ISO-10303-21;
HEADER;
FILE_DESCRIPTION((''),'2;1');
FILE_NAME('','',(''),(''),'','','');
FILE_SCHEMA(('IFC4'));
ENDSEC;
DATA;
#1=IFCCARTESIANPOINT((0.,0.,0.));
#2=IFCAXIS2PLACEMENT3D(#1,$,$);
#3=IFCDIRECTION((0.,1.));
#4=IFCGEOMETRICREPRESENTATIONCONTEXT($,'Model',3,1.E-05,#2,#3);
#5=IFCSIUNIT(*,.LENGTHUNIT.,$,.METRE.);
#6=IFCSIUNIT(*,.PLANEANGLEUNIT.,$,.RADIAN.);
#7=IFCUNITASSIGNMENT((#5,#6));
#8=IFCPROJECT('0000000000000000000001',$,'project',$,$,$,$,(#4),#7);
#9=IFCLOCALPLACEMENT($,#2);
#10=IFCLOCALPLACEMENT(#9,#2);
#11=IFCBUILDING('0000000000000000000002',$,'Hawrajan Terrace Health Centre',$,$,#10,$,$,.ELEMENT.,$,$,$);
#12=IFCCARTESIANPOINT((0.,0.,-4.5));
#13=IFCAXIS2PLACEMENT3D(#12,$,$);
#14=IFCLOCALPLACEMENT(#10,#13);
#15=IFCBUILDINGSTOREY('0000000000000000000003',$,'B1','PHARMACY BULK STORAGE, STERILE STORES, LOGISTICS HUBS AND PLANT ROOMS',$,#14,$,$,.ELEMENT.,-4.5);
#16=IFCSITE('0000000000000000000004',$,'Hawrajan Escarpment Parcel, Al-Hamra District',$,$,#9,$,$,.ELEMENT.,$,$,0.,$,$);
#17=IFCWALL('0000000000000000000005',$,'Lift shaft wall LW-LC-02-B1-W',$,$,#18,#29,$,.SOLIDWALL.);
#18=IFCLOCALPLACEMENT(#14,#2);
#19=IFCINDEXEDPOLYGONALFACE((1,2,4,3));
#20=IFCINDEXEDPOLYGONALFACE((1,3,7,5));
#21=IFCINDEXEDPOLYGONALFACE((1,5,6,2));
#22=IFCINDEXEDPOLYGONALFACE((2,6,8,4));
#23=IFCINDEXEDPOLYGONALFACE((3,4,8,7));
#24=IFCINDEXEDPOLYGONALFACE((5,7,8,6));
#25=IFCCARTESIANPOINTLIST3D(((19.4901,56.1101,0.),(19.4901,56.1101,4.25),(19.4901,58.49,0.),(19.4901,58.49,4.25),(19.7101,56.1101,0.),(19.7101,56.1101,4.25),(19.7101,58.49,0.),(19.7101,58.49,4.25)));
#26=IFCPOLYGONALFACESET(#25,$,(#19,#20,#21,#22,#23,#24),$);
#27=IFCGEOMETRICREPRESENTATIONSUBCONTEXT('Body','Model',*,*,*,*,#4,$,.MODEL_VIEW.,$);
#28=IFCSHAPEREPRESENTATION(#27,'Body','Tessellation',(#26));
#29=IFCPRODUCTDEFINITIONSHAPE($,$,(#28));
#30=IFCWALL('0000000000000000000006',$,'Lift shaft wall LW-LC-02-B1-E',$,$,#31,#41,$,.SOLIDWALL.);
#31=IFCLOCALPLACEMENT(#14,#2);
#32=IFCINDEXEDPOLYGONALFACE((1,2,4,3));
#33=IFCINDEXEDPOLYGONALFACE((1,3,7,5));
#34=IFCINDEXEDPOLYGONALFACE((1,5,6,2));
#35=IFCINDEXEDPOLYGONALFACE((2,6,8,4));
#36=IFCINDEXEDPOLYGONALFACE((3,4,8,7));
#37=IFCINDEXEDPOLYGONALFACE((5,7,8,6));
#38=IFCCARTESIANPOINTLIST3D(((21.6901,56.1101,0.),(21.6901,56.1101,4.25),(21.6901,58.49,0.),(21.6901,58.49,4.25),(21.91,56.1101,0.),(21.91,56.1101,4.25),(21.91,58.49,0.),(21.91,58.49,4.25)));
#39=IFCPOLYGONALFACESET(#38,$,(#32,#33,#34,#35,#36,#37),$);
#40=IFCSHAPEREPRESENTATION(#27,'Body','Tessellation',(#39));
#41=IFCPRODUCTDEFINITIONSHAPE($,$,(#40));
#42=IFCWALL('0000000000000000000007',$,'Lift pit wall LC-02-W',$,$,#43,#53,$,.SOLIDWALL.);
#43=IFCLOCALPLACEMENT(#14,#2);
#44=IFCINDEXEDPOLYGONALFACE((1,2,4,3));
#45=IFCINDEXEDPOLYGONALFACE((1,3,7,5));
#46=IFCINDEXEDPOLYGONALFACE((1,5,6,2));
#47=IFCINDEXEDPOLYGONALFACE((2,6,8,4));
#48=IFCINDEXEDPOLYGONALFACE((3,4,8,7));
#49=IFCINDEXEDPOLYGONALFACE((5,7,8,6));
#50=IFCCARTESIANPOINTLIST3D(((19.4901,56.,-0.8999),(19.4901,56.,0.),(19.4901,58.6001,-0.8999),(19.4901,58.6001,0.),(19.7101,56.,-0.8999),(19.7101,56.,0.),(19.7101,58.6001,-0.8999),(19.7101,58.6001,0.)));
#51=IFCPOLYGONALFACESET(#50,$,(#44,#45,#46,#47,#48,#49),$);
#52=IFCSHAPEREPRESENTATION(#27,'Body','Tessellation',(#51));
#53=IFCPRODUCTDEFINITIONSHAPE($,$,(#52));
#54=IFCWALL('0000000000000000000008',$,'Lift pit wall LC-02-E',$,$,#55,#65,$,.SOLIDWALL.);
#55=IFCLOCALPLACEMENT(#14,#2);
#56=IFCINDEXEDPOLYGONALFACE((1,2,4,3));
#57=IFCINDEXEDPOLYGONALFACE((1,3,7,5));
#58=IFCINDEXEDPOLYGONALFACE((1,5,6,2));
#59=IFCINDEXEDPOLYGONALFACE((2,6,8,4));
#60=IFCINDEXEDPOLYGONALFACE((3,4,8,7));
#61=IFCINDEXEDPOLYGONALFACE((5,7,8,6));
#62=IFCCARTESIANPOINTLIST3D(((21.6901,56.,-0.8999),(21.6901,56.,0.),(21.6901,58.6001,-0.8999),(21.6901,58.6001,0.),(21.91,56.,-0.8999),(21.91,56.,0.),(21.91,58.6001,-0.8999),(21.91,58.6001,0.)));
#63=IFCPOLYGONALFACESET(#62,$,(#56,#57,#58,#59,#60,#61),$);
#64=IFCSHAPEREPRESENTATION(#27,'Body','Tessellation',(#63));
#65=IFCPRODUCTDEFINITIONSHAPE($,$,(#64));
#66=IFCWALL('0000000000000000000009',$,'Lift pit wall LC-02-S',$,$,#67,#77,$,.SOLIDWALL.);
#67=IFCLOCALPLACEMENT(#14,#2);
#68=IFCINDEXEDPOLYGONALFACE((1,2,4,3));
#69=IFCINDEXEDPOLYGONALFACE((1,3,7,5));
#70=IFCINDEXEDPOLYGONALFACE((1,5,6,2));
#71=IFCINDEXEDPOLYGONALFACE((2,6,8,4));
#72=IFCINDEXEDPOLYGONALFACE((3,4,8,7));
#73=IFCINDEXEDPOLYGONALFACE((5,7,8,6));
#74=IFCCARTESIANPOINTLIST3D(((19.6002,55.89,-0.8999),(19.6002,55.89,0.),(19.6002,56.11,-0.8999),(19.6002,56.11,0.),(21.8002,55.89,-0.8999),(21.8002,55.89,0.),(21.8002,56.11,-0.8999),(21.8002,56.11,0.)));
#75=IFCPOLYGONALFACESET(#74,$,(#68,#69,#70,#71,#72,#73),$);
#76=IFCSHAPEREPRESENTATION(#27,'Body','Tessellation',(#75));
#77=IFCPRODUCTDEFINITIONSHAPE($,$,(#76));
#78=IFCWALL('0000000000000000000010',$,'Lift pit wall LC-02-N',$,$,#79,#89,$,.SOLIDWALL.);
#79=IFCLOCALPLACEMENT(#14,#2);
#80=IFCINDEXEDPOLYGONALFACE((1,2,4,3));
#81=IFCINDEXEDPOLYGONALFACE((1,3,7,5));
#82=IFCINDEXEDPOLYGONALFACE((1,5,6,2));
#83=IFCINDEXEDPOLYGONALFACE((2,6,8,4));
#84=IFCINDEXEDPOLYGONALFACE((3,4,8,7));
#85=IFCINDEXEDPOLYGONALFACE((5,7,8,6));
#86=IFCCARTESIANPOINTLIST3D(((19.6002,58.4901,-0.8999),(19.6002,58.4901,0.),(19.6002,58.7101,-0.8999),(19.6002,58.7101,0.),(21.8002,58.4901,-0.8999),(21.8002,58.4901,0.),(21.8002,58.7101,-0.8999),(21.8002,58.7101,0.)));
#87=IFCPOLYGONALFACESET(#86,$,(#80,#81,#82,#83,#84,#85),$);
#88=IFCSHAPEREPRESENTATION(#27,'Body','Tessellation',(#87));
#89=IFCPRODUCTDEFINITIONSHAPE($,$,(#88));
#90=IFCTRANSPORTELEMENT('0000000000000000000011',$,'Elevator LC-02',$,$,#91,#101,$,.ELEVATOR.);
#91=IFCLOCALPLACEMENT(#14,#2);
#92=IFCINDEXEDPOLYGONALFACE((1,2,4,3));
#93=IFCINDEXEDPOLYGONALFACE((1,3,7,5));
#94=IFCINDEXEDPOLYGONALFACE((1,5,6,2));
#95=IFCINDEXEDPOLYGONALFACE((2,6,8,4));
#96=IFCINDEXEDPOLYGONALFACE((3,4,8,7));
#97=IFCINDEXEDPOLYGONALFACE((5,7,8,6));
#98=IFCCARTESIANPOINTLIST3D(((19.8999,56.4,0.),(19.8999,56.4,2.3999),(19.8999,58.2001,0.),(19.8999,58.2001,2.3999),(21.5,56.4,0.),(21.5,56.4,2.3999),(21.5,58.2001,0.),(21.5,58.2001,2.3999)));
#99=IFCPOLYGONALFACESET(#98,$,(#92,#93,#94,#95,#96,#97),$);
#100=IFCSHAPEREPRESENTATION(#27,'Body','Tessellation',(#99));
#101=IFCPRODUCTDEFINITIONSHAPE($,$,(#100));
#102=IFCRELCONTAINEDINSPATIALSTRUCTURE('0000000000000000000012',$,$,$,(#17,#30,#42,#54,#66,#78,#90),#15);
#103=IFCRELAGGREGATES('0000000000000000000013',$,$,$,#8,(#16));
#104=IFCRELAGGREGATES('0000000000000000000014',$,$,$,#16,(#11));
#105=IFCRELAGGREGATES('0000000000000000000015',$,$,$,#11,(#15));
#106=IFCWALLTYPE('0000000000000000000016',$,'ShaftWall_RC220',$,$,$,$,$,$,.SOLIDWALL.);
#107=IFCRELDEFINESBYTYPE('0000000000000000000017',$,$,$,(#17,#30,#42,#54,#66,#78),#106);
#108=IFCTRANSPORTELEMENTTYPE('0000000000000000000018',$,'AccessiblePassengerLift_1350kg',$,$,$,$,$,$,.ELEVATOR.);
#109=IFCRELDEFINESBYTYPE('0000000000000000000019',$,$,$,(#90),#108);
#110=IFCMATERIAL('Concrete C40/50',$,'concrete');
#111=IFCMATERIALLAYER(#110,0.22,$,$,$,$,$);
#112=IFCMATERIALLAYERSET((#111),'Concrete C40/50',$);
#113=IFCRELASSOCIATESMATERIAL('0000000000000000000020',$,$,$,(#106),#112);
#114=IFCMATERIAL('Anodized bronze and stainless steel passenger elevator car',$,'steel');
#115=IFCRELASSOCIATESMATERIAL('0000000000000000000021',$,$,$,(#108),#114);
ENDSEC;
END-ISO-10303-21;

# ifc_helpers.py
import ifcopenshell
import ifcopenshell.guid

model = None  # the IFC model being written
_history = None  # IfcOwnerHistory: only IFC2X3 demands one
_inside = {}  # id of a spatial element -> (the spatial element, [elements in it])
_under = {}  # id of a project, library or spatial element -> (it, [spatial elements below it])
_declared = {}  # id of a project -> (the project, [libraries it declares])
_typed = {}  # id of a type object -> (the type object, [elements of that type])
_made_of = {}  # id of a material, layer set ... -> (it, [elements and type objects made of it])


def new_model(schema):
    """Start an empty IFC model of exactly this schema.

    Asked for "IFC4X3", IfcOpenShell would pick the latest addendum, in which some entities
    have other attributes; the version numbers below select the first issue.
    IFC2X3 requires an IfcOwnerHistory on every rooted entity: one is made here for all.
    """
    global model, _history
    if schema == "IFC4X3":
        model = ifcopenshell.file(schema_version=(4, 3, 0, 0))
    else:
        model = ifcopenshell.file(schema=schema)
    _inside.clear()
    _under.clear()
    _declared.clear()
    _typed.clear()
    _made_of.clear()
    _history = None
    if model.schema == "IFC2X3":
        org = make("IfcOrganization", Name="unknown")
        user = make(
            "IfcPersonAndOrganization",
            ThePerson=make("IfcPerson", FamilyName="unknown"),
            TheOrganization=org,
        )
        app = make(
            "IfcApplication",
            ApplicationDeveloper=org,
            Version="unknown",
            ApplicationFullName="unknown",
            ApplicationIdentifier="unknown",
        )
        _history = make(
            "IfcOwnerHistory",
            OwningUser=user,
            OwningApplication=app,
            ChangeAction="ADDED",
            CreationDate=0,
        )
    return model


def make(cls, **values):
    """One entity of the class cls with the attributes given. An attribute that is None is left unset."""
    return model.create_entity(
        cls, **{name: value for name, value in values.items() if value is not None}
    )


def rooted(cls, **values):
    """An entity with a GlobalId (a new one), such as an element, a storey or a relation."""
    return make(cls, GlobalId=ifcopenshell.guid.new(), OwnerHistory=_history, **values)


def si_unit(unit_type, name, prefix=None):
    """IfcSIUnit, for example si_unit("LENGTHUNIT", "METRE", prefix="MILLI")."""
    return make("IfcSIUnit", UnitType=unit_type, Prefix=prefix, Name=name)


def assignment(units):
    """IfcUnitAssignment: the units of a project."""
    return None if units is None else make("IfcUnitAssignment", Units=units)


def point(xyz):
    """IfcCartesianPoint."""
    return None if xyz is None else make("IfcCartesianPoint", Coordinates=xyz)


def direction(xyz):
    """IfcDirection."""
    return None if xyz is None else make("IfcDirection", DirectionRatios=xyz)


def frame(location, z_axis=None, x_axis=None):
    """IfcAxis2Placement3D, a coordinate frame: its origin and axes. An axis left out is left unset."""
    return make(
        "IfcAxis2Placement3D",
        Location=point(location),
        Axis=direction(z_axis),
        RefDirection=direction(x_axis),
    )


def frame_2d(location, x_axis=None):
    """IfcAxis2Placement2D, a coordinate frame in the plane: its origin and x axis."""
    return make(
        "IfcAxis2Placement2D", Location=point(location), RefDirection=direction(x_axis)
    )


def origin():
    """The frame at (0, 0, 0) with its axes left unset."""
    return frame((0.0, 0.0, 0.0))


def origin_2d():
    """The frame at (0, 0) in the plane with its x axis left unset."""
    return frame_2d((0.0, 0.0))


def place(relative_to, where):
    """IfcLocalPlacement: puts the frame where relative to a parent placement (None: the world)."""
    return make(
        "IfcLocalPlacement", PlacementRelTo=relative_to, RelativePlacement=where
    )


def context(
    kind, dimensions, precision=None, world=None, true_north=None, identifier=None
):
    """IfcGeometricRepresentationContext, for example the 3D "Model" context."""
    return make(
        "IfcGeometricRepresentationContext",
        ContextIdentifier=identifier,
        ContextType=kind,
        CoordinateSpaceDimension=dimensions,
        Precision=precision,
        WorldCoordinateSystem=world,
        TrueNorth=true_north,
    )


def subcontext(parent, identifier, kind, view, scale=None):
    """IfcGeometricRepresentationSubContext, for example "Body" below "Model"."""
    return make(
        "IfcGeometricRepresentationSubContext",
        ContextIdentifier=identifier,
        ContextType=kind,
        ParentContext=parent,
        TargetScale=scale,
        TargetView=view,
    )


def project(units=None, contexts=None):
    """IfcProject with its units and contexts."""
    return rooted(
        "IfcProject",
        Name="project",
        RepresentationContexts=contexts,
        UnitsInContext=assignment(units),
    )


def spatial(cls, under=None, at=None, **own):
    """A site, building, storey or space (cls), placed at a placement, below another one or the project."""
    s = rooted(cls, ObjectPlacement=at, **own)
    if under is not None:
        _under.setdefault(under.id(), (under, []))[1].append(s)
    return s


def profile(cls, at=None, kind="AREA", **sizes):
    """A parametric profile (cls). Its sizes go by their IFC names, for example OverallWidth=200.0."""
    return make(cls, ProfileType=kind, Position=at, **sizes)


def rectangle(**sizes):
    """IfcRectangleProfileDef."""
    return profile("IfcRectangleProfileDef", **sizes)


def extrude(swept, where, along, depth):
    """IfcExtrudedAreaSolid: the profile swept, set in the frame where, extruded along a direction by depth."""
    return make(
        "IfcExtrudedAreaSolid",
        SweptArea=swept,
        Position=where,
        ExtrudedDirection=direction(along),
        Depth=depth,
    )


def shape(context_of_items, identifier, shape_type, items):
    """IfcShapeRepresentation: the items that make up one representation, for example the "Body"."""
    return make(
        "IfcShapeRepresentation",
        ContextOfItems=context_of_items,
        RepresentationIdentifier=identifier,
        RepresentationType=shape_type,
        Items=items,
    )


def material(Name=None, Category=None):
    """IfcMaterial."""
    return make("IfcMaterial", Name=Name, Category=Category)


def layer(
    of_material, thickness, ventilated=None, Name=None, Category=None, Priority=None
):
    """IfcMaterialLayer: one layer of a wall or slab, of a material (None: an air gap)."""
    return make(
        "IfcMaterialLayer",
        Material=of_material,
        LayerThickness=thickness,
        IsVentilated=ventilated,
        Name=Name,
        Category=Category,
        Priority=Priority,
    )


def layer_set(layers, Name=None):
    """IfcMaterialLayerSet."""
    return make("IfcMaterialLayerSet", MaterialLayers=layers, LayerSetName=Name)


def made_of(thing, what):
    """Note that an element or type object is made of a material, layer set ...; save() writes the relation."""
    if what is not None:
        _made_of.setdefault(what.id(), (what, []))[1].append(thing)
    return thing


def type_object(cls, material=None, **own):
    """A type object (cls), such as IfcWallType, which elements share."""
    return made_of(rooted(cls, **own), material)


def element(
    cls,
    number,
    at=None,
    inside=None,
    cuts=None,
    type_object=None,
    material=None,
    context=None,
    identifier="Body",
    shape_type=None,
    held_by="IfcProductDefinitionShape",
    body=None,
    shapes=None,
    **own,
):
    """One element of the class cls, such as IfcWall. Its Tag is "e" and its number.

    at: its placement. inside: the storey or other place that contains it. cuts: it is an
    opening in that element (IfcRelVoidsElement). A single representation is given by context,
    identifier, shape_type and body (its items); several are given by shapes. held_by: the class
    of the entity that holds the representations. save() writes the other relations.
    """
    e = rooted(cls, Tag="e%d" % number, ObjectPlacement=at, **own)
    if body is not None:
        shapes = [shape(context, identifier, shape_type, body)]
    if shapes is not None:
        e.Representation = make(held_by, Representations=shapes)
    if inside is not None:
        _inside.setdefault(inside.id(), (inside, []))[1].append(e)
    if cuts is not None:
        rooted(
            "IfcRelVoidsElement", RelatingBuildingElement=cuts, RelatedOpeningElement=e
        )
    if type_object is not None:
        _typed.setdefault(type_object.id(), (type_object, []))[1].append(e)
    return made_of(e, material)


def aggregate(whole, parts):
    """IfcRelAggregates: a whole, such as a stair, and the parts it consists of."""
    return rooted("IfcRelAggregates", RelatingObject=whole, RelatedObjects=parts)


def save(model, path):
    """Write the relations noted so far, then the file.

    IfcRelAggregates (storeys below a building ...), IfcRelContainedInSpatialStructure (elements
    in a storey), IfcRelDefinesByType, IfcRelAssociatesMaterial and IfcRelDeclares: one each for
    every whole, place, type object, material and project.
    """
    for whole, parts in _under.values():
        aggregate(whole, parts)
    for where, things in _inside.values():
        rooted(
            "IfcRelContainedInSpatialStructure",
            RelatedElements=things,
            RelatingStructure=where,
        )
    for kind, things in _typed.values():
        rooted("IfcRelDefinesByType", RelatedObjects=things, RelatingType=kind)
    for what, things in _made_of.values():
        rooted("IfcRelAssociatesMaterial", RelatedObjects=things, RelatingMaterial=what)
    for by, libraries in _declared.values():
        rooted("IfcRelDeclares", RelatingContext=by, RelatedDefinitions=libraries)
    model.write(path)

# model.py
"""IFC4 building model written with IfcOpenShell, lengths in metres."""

from ifc_helpers import new_model, si_unit, direction, frame, frame_2d, origin, origin_2d, place, context, subcontext, project, spatial, rectangle, extrude, material, layer, layer_set, type_object, element, save


model = new_model("IFC4")

# Units and contexts
model_context = context("Model", 3, precision=1e-05, world=origin(), true_north=direction((0.0, 1.0)))
body_context = subcontext(model_context, "Body", "Model", "MODEL_VIEW")
ifc_project = project(units=[si_unit("LENGTHUNIT", "METRE"), si_unit("PLANEANGLEUNIT", "RADIAN")], contexts=[model_context])

# Site, building, storey
site_placement = place(None, origin())
site = spatial("IfcSite", under=ifc_project, at=site_placement, Name="Hawrajan Escarpment Parcel, Al-Hamra District", CompositionType="ELEMENT", RefElevation=0.0)
building_placement = place(site_placement, origin())
building = spatial("IfcBuilding", under=site, at=building_placement, Name="Hawrajan Terrace Health Centre", CompositionType="ELEMENT")
storey_placement = place(building_placement, frame((0.0, 0.0, -4.5)))
storey = spatial("IfcBuildingStorey", under=building, at=storey_placement, Name="B1", Description="PHARMACY BULK STORAGE, STERILE STORES, LOGISTICS HUBS AND PLANT ROOMS", CompositionType="ELEMENT", Elevation=-4.5)

# Shared definitions
ifc_material_1 = material(Name="Concrete C40/50", Category="concrete")

# Shared definitions
ifc_layer_1 = layer(ifc_material_1, 0.22)
ifc_layer_set_1 = layer_set([ifc_layer_1], Name="Concrete C40/50")
wall_type_1 = type_object("IfcWallType", Name="ShaftWall_RC220", PredefinedType="SOLIDWALL", material=ifc_layer_set_1)

# Walls
for number, where, z_axis, x_axis, name in (
    (1, (19.6001, 56.1101, 0.0), (0.0, 0.0, 1.0), (0.0, 1.0, 0.0), "Lift shaft wall LW-LC-02-B1-W"),
    (2, (21.8, 56.1101, 0.0), (0.0, 0.0, 1.0), (0.0, 1.0, 0.0), "Lift shaft wall LW-LC-02-B1-E"),
):
    element("IfcWall", number, at=place(storey_placement, frame(where, z_axis=z_axis, x_axis=x_axis)), inside=storey, type_object=wall_type_1, Name=name, PredefinedType="SOLIDWALL", context=body_context, shape_type="SweptSolid", body=[
        extrude(rectangle(XDim=2.3799, YDim=0.22, at=frame_2d((1.1899, 0.0))), origin(), (0.0, 0.0, 1.0), 4.25),
    ])
for number, where, z_axis, x_axis, name in (
    (3, (19.6001, 56.0, -0.8999), (0.0, 0.0, 1.0), (0.0, 1.0, 0.0), "Lift pit wall LC-02-W"),
    (4, (21.8, 56.0, -0.8999), (0.0, 0.0, 1.0), (0.0, 1.0, 0.0), "Lift pit wall LC-02-E"),
):
    element("IfcWall", number, at=place(storey_placement, frame(where, z_axis=z_axis, x_axis=x_axis)), inside=storey, type_object=wall_type_1, Name=name, PredefinedType="SOLIDWALL", context=body_context, shape_type="SweptSolid", body=[
        extrude(rectangle(XDim=2.6001, YDim=0.22, at=frame_2d((1.3, 0.0))), origin(), (0.0, 0.0, 1.0), 0.8999),
    ])
for number, where, z_axis, x_axis, name in (
    (5, (19.6001, 56.0, -0.8999), (0.0, 0.0, 1.0), (1.0, 0.0, 0.0), "Lift pit wall LC-02-S"),
    (6, (19.6001, 58.6001, -0.8999), (0.0, 0.0, 1.0), (1.0, 0.0, 0.0), "Lift pit wall LC-02-N"),
):
    element("IfcWall", number, at=place(storey_placement, frame(where, z_axis=z_axis, x_axis=x_axis)), inside=storey, type_object=wall_type_1, Name=name, PredefinedType="SOLIDWALL", context=body_context, shape_type="SweptSolid", body=[
        extrude(rectangle(XDim=2.2, YDim=0.22, at=frame_2d((1.1001, 0.0))), origin(), (0.0, 0.0, 1.0), 0.8999),
    ])

# Transport element
ifc_material_2 = material(Name="Anodized bronze and stainless steel passenger elevator car", Category="steel")
transport_element_type = type_object("IfcTransportElementType", Name="AccessiblePassengerLift_1350kg", PredefinedType="ELEVATOR", material=ifc_material_2)
transport_element_placement = place(storey_placement, frame((20.7, 57.3, 0.0), z_axis=(0.0, 0.0, 1.0), x_axis=(1.0, 0.0, 0.0)))
element("IfcTransportElement", 7, at=transport_element_placement, inside=storey, type_object=transport_element_type, Name="Elevator LC-02", PredefinedType="ELEVATOR", context=body_context, shape_type="SweptSolid", body=[
    extrude(rectangle(XDim=1.6001, YDim=1.8, at=origin_2d()), origin(), (0.0, 0.0, 1.0), 2.3999),
])

save(model, "model.ifc")
